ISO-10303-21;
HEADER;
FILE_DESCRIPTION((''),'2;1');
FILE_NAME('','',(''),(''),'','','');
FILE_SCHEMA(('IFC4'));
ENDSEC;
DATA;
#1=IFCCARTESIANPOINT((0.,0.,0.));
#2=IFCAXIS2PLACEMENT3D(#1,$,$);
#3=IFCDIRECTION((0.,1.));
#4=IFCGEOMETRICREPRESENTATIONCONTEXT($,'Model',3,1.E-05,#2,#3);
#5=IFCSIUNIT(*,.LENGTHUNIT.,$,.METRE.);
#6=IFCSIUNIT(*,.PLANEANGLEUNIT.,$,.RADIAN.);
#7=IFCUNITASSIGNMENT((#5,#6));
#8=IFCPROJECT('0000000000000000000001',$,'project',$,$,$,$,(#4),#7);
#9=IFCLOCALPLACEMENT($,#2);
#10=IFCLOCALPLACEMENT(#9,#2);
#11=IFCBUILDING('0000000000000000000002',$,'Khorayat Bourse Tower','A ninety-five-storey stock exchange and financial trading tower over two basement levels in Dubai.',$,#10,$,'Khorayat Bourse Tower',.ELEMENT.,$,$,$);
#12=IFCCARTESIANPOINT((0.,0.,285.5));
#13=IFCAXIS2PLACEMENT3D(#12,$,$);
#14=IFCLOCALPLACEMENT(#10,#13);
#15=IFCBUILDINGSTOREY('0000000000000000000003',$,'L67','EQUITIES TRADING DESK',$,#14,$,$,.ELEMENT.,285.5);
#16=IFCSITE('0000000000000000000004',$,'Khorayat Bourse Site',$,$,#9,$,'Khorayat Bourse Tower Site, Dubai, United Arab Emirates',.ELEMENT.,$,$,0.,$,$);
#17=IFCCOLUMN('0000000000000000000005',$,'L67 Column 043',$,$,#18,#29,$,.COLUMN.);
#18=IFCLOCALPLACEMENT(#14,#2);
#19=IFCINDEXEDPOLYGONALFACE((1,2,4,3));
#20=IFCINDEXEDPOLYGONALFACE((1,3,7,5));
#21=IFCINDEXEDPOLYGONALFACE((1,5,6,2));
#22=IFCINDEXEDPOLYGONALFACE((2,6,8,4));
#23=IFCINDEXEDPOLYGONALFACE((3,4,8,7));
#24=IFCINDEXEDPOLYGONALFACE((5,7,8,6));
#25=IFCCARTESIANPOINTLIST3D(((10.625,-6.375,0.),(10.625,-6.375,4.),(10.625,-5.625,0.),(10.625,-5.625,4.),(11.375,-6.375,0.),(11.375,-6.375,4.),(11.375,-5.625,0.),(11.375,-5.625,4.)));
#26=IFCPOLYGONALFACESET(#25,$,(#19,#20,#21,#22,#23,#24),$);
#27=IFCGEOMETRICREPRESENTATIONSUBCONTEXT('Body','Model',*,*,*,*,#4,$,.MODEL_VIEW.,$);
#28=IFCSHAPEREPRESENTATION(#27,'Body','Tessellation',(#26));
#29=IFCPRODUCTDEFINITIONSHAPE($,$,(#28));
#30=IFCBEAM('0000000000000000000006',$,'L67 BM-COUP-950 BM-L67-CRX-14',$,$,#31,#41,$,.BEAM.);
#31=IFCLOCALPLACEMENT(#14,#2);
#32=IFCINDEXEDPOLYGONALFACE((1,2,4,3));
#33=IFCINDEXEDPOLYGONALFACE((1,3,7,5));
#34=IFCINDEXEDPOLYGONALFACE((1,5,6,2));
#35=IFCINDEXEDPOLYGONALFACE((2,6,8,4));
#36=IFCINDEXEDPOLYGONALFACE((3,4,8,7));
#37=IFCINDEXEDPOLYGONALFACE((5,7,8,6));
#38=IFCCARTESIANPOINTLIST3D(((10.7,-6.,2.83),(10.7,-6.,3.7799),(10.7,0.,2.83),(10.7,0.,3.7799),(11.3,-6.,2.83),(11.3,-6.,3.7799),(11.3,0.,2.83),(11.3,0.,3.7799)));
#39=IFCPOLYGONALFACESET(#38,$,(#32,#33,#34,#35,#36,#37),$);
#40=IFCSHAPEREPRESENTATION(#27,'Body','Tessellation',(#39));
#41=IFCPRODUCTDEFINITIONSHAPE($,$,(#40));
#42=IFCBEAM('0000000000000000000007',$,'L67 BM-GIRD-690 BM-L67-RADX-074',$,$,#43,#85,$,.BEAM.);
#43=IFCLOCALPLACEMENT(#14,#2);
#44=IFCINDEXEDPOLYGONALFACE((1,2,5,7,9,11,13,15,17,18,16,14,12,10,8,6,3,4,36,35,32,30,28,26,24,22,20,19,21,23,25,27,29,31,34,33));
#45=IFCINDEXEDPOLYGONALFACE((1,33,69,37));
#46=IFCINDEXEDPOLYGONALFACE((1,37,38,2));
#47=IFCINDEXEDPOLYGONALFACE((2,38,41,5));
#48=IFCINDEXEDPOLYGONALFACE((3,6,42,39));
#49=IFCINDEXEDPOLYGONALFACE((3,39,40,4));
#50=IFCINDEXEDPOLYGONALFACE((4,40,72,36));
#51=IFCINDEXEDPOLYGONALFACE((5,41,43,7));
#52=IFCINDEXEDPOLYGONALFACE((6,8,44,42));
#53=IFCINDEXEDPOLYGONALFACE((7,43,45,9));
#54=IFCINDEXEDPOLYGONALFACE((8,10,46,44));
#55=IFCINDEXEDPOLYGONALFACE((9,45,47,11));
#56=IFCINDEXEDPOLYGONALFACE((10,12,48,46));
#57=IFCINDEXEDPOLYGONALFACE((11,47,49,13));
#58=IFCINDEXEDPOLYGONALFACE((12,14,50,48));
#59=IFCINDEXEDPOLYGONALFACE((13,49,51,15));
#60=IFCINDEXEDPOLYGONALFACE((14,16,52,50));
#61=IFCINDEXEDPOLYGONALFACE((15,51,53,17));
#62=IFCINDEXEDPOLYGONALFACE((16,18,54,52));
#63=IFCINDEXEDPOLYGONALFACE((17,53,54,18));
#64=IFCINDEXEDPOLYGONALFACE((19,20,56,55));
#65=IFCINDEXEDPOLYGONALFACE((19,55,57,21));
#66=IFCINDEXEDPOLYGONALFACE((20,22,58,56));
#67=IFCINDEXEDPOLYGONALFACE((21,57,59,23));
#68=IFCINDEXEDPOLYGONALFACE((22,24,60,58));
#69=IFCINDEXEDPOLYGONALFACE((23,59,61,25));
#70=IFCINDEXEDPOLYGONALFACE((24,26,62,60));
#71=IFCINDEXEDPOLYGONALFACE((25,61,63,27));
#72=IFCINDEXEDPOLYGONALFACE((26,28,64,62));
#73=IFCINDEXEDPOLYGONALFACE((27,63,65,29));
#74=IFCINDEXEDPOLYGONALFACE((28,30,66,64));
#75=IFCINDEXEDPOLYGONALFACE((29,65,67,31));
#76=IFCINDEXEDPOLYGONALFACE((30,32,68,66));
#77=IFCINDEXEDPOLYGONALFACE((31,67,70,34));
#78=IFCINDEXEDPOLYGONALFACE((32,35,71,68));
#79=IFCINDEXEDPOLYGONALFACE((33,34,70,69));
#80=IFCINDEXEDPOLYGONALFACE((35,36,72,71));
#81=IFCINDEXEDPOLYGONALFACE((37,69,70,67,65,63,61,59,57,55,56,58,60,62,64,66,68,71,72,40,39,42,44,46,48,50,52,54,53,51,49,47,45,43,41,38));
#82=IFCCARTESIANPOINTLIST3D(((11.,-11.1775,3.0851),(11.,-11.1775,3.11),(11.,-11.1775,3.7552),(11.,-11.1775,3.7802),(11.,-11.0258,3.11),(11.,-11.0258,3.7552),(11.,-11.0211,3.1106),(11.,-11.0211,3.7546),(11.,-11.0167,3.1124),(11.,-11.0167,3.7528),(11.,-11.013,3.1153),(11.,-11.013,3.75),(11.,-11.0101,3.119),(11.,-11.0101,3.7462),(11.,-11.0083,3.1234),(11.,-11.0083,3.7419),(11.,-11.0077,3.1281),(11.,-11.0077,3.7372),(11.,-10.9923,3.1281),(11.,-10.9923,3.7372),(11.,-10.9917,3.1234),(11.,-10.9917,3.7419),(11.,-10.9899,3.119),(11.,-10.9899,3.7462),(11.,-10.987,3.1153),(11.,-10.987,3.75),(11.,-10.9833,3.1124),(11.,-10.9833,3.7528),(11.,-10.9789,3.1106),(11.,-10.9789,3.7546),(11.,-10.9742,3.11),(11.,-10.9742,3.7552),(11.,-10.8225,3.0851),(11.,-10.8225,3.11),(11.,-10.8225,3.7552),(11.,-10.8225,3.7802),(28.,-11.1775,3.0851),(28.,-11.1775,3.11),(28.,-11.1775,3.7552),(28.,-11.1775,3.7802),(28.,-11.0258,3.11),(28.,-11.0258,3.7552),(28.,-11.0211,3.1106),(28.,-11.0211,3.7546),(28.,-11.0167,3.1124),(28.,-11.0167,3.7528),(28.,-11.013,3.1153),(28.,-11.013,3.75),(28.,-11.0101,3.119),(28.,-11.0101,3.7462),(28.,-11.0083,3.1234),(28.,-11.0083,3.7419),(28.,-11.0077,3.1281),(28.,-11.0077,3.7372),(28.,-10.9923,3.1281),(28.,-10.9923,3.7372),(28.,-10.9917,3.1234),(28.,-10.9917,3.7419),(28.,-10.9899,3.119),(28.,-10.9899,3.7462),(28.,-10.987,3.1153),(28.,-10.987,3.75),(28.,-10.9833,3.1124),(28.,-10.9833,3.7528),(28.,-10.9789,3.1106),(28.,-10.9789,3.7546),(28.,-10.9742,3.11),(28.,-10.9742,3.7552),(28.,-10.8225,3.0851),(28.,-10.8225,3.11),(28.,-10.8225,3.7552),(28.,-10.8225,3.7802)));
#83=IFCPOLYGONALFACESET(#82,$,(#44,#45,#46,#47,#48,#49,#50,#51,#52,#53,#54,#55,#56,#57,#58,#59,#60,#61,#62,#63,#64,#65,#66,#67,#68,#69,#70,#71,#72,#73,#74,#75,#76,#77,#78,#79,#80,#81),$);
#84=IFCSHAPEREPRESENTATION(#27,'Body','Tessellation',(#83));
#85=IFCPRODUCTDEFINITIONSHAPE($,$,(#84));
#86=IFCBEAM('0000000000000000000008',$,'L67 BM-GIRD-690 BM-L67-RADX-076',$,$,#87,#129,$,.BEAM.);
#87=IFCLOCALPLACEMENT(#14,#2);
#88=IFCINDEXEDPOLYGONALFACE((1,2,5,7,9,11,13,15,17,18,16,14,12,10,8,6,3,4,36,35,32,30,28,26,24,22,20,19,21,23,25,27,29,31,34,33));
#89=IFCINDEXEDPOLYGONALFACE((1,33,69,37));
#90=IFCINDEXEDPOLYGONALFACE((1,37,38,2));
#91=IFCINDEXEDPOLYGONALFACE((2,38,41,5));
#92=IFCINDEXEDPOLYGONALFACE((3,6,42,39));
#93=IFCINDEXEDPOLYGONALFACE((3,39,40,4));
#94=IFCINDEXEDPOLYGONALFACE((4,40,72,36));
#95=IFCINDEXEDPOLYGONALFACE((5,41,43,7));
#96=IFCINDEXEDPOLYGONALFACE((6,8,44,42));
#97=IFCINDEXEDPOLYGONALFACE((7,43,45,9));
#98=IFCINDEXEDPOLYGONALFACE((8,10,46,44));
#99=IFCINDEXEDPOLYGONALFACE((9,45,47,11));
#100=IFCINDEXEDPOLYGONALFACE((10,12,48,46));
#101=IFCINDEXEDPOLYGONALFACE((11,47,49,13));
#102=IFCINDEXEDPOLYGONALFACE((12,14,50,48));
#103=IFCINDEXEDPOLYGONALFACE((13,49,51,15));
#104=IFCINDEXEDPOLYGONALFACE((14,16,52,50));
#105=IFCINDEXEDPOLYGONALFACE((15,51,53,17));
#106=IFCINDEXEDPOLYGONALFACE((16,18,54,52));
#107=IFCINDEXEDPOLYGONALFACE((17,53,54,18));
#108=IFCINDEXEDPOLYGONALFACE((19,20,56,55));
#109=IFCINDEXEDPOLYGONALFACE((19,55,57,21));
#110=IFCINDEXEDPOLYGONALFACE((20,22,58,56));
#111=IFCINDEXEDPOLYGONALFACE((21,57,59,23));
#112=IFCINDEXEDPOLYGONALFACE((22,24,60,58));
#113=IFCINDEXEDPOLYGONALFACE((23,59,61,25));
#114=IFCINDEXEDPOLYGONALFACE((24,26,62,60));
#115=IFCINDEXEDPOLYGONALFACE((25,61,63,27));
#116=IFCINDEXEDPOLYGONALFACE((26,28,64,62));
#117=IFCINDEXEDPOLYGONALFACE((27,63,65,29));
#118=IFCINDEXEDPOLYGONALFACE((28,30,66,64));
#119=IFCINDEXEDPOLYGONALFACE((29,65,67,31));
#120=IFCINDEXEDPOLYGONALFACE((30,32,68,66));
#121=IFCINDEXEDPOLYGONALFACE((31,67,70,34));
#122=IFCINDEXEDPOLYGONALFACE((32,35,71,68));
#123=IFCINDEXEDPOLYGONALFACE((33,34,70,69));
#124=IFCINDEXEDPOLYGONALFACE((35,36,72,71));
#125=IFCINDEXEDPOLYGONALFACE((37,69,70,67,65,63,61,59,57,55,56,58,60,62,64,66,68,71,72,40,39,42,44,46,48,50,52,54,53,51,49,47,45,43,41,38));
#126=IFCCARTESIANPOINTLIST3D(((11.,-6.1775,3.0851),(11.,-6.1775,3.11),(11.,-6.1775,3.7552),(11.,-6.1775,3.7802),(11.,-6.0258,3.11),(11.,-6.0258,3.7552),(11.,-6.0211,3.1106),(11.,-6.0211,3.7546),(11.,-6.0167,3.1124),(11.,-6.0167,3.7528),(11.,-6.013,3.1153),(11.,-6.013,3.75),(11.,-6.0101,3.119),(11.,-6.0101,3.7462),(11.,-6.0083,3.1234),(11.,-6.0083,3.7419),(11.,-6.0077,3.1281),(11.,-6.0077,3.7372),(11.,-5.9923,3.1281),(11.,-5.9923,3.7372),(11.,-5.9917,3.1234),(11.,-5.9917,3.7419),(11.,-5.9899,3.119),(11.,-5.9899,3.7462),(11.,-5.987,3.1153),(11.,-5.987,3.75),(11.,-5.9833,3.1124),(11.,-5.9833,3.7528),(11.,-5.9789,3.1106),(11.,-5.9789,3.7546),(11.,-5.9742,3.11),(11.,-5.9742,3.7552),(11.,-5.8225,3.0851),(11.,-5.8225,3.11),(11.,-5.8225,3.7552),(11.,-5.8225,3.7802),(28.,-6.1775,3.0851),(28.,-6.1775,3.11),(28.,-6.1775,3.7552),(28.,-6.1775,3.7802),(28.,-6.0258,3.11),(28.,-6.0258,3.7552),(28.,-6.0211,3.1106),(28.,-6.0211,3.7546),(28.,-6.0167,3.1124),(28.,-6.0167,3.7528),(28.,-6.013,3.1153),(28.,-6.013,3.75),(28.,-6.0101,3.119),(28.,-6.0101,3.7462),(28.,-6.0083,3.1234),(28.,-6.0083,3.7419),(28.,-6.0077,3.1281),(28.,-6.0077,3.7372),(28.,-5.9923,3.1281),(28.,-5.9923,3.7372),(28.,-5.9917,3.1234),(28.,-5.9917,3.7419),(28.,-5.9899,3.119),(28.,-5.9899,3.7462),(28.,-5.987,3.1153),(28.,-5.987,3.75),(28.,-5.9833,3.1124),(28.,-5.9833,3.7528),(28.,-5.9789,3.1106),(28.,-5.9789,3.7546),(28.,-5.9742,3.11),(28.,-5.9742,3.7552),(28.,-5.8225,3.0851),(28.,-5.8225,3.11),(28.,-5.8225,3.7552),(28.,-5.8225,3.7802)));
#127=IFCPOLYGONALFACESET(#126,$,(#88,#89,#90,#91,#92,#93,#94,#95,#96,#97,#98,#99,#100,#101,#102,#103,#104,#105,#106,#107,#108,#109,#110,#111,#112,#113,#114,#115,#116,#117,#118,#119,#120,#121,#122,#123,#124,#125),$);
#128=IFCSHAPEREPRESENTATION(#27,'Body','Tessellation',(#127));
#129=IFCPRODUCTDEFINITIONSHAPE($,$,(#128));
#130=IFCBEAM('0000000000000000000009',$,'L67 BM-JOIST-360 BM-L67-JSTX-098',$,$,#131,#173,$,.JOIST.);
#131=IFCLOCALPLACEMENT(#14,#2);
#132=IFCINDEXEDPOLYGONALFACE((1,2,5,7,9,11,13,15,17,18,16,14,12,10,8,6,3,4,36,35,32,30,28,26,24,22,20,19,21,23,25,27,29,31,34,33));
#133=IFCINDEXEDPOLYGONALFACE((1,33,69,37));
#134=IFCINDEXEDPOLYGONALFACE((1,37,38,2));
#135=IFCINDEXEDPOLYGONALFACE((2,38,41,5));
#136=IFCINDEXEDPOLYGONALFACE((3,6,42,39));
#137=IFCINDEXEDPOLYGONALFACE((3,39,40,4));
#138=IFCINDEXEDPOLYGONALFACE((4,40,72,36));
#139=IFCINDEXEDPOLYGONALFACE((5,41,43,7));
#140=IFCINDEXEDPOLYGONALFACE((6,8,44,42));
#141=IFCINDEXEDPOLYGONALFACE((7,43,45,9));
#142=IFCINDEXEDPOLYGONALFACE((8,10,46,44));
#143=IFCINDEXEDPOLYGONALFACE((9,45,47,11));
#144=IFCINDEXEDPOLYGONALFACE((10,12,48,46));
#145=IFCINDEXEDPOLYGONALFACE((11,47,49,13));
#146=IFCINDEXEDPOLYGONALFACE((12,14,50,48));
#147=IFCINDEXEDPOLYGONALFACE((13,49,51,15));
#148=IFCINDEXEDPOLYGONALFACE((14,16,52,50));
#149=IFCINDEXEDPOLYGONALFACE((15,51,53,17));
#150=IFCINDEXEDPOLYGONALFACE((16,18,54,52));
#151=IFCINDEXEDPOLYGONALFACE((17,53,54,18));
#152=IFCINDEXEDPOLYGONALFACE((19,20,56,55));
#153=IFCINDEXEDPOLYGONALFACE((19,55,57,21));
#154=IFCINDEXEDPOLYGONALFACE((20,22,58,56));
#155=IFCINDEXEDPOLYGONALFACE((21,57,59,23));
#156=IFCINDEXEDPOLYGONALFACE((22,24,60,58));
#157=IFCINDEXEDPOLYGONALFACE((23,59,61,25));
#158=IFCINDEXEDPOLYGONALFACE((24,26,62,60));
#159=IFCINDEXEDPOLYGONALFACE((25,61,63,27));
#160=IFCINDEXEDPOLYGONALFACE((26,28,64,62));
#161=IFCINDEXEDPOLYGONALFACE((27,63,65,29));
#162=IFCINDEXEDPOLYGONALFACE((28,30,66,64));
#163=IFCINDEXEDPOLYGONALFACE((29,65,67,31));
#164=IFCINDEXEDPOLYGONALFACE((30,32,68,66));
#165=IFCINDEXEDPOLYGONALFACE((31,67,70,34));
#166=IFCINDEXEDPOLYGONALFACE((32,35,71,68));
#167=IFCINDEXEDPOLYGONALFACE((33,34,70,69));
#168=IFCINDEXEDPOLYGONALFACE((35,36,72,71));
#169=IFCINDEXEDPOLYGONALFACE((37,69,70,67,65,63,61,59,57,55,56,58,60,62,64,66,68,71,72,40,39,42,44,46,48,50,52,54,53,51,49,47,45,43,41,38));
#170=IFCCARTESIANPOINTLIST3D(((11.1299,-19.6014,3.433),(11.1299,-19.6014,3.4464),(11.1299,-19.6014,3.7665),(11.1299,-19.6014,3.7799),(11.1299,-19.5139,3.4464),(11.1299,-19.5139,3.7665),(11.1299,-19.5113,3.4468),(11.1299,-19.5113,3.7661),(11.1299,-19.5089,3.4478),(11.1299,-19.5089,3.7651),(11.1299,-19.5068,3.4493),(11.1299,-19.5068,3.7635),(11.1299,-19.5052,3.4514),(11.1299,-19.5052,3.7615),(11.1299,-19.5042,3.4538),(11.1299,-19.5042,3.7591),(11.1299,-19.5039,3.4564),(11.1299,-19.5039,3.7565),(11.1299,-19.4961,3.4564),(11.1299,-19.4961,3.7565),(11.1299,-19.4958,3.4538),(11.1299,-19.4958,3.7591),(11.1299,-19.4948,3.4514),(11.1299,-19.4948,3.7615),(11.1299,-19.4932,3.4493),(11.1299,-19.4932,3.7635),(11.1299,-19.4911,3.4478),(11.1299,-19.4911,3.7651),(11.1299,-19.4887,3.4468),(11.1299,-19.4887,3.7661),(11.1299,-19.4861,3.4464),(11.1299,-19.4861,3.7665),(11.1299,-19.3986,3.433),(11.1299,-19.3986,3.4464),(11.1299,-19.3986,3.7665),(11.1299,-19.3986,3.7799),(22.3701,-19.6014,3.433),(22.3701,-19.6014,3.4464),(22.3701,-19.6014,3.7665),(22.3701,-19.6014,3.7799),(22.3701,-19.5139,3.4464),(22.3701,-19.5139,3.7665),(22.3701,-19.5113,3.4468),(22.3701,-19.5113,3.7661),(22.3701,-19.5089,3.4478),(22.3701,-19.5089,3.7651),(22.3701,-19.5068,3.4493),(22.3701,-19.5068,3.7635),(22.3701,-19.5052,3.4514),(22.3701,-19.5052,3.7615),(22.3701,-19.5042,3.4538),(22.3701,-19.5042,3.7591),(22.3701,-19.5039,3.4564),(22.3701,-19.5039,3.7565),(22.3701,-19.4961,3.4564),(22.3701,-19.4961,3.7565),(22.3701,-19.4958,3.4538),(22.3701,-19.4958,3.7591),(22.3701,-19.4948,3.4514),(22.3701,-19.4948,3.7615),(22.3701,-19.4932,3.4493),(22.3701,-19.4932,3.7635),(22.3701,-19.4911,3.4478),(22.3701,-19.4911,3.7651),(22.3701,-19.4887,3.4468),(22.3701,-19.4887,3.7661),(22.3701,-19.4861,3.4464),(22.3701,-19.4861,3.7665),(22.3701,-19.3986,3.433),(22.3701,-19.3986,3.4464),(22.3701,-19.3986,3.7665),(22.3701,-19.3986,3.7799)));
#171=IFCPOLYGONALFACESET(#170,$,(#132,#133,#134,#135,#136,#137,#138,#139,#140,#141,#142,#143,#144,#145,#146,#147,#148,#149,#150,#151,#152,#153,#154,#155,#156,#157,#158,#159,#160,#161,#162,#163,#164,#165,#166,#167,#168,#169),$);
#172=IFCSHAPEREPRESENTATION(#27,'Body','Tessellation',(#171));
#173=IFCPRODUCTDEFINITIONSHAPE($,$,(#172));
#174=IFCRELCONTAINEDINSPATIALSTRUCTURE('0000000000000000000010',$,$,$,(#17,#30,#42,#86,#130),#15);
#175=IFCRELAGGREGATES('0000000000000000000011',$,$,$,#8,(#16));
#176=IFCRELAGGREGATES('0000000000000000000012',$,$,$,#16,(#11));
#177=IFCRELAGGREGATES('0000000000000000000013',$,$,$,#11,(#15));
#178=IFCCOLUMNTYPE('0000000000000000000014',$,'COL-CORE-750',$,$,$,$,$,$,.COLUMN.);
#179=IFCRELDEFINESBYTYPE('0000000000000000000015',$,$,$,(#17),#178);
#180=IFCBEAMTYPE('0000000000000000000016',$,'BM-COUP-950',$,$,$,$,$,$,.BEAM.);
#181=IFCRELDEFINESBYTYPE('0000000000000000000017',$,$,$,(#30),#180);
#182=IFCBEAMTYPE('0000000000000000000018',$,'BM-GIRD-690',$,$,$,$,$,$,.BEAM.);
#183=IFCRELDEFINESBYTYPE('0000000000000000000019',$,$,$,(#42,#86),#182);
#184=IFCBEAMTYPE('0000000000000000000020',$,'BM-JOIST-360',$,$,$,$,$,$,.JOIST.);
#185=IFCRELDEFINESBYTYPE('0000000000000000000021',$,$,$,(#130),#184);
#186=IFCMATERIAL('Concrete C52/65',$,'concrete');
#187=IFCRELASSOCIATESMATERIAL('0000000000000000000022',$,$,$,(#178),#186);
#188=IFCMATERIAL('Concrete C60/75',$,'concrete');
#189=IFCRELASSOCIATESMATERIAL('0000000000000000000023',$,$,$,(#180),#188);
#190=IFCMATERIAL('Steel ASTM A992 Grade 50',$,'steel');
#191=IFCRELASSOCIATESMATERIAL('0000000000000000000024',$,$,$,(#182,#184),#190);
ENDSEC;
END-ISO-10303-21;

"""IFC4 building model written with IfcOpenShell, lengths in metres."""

from ifc_helpers import new_model, si_unit, direction, frame, origin, origin_2d, place, context, subcontext, project, spatial, rectangle, i_section, extrude, source, transform, mapped, material, material_profile, profile_set, type_object, element, save


model = new_model("IFC4")

# Units and contexts
model_context = context("Model", 3, precision=1e-05, world=origin(), true_north=direction((0.0, 1.0)))
body_context = subcontext(model_context, "Body", "Model", "MODEL_VIEW")
ifc_project = project(units=[si_unit("LENGTHUNIT", "METRE"), si_unit("PLANEANGLEUNIT", "RADIAN")], contexts=[model_context])

# Site, building, storey
site_placement = place(None, origin())
site = spatial("IfcSite", under=ifc_project, at=site_placement, Name="Khorayat Bourse Site", LongName="Khorayat Bourse Tower Site, Dubai, United Arab Emirates", CompositionType="ELEMENT", RefElevation=0.0)
building_placement = place(site_placement, origin())
building = spatial("IfcBuilding", under=site, at=building_placement, Name="Khorayat Bourse Tower", Description="A ninety-five-storey stock exchange and financial trading tower over two basement levels in Dubai.", LongName="Khorayat Bourse Tower", CompositionType="ELEMENT")
storey_placement = place(building_placement, frame((0.0, 0.0, 285.5)))
storey = spatial("IfcBuildingStorey", under=building, at=storey_placement, Name="L67", Description="EQUITIES TRADING DESK", CompositionType="ELEMENT", Elevation=285.5)

# Column
ifc_material_1 = material(Name="Concrete C52/65", Category="concrete")
ifc_material_profile_1 = material_profile(ifc_material_1, rectangle(XDim=0.75, YDim=0.75, at=origin_2d()), Name="RC 750x750")
ifc_profile_set_1 = profile_set([ifc_material_profile_1], Name="Concrete C52/65")
column_type = type_object("IfcColumnType", Name="COL-CORE-750", PredefinedType="COLUMN", material=ifc_profile_set_1)
shared_shape_1 = source(origin(), body_context, "Body", "SweptSolid", [
    extrude(rectangle(XDim=0.75, YDim=0.75, at=origin_2d()), origin(), (0.0, 0.0, 1.0), 4.0),
])
column_placement = place(storey_placement, frame((11.0, -6.0, 0.0), z_axis=(0.0, 0.0, 1.0), x_axis=(1.0, 0.0, 0.0)))
element("IfcColumn", 1, at=column_placement, inside=storey, type_object=column_type, Name="L67 Column 043", PredefinedType="COLUMN", context=body_context, shape_type="MappedRepresentation", body=[
    mapped(shared_shape_1, transform((0.0, 0.0, 0.0), scale=1.0)),
])

# Beams
ifc_material_2 = material(Name="Concrete C60/75", Category="concrete")
ifc_material_profile_2 = material_profile(ifc_material_2, rectangle(XDim=0.6001, YDim=0.95, at=origin_2d()), Name="RC 600x950")
ifc_profile_set_2 = profile_set([ifc_material_profile_2], Name="Concrete C60/75")
beam_type_1 = type_object("IfcBeamType", Name="BM-COUP-950", PredefinedType="BEAM", material=ifc_profile_set_2)
shared_shape_2 = source(origin(), body_context, "Body", "SweptSolid", [
    extrude(rectangle(XDim=0.6001, YDim=0.95, at=origin_2d()), origin(), (0.0, 0.0, 1.0), 6.0),
])
beam_1_placement = place(storey_placement, frame((11.0, -6.0, 3.3049), z_axis=(0.0, 1.0, 0.0), x_axis=(-1.0, 0.0, 0.0)))
element("IfcBeam", 2, at=beam_1_placement, inside=storey, type_object=beam_type_1, Name="L67 BM-COUP-950 BM-L67-CRX-14", PredefinedType="BEAM", context=body_context, shape_type="MappedRepresentation", body=[
    mapped(shared_shape_2, transform((0.0, 0.0, 0.0), scale=1.0)),
])
ifc_material_3 = material(Name="Steel ASTM A992 Grade 50", Category="steel")
ifc_material_profile_3 = material_profile(ifc_material_3, i_section(OverallWidth=0.355, OverallDepth=0.6951, WebThickness=0.0154, FlangeThickness=0.0249, FilletRadius=0.0181, at=origin_2d()), Name="W690X217")
ifc_profile_set_3 = profile_set([ifc_material_profile_3], Name="Steel ASTM A992 Grade 50")
beam_type_2 = type_object("IfcBeamType", Name="BM-GIRD-690", PredefinedType="BEAM", material=ifc_profile_set_3)
shared_shape_3 = source(origin(), body_context, "Body", "SweptSolid", [
    extrude(i_section(OverallWidth=0.355, OverallDepth=0.6951, WebThickness=0.0154, FlangeThickness=0.0249, FilletRadius=0.0181, at=origin_2d()), origin(), (0.0, 0.0, 1.0), 17.0),
])
for number, where, z_axis, x_axis, name in (
    (3, (11.0, -11.0, 3.4326), (1.0, 0.0, 0.0), (0.0, 1.0, 0.0), "L67 BM-GIRD-690 BM-L67-RADX-074"),
    (4, (11.0, -6.0, 3.4326), (1.0, 0.0, 0.0), (0.0, 1.0, 0.0), "L67 BM-GIRD-690 BM-L67-RADX-076"),
):
    element("IfcBeam", number, at=place(storey_placement, frame(where, z_axis=z_axis, x_axis=x_axis)), inside=storey, type_object=beam_type_2, Name=name, PredefinedType="BEAM", context=body_context, shape_type="MappedRepresentation", body=[
        mapped(shared_shape_3, transform((0.0, 0.0, 0.0), scale=1.0)),
    ])
ifc_material_profile_4 = material_profile(ifc_material_3, i_section(OverallWidth=0.2029, OverallDepth=0.3469, WebThickness=0.0078, FlangeThickness=0.0134, FilletRadius=0.01, at=origin_2d()), Name="W360X64")
ifc_profile_set_4 = profile_set([ifc_material_profile_4], Name="Steel ASTM A992 Grade 50")
beam_type_3 = type_object("IfcBeamType", Name="BM-JOIST-360", PredefinedType="JOIST", material=ifc_profile_set_4)
shared_shape_4 = source(origin(), body_context, "Body", "SweptSolid", [
    extrude(i_section(OverallWidth=0.2029, OverallDepth=0.3469, WebThickness=0.0078, FlangeThickness=0.0134, FilletRadius=0.01, at=origin_2d()), origin(), (0.0, 0.0, 1.0), 11.2402),
])
beam_2_placement = place(storey_placement, frame((11.1299, -19.5, 3.6064), z_axis=(1.0, 0.0, 0.0), x_axis=(0.0, 1.0, 0.0)))
element("IfcBeam", 5, at=beam_2_placement, inside=storey, type_object=beam_type_3, Name="L67 BM-JOIST-360 BM-L67-JSTX-098", PredefinedType="JOIST", context=body_context, shape_type="MappedRepresentation", body=[
    mapped(shared_shape_4, transform((0.0, 0.0, 0.0), scale=1.0)),
])

save(model, "model.ifc")
